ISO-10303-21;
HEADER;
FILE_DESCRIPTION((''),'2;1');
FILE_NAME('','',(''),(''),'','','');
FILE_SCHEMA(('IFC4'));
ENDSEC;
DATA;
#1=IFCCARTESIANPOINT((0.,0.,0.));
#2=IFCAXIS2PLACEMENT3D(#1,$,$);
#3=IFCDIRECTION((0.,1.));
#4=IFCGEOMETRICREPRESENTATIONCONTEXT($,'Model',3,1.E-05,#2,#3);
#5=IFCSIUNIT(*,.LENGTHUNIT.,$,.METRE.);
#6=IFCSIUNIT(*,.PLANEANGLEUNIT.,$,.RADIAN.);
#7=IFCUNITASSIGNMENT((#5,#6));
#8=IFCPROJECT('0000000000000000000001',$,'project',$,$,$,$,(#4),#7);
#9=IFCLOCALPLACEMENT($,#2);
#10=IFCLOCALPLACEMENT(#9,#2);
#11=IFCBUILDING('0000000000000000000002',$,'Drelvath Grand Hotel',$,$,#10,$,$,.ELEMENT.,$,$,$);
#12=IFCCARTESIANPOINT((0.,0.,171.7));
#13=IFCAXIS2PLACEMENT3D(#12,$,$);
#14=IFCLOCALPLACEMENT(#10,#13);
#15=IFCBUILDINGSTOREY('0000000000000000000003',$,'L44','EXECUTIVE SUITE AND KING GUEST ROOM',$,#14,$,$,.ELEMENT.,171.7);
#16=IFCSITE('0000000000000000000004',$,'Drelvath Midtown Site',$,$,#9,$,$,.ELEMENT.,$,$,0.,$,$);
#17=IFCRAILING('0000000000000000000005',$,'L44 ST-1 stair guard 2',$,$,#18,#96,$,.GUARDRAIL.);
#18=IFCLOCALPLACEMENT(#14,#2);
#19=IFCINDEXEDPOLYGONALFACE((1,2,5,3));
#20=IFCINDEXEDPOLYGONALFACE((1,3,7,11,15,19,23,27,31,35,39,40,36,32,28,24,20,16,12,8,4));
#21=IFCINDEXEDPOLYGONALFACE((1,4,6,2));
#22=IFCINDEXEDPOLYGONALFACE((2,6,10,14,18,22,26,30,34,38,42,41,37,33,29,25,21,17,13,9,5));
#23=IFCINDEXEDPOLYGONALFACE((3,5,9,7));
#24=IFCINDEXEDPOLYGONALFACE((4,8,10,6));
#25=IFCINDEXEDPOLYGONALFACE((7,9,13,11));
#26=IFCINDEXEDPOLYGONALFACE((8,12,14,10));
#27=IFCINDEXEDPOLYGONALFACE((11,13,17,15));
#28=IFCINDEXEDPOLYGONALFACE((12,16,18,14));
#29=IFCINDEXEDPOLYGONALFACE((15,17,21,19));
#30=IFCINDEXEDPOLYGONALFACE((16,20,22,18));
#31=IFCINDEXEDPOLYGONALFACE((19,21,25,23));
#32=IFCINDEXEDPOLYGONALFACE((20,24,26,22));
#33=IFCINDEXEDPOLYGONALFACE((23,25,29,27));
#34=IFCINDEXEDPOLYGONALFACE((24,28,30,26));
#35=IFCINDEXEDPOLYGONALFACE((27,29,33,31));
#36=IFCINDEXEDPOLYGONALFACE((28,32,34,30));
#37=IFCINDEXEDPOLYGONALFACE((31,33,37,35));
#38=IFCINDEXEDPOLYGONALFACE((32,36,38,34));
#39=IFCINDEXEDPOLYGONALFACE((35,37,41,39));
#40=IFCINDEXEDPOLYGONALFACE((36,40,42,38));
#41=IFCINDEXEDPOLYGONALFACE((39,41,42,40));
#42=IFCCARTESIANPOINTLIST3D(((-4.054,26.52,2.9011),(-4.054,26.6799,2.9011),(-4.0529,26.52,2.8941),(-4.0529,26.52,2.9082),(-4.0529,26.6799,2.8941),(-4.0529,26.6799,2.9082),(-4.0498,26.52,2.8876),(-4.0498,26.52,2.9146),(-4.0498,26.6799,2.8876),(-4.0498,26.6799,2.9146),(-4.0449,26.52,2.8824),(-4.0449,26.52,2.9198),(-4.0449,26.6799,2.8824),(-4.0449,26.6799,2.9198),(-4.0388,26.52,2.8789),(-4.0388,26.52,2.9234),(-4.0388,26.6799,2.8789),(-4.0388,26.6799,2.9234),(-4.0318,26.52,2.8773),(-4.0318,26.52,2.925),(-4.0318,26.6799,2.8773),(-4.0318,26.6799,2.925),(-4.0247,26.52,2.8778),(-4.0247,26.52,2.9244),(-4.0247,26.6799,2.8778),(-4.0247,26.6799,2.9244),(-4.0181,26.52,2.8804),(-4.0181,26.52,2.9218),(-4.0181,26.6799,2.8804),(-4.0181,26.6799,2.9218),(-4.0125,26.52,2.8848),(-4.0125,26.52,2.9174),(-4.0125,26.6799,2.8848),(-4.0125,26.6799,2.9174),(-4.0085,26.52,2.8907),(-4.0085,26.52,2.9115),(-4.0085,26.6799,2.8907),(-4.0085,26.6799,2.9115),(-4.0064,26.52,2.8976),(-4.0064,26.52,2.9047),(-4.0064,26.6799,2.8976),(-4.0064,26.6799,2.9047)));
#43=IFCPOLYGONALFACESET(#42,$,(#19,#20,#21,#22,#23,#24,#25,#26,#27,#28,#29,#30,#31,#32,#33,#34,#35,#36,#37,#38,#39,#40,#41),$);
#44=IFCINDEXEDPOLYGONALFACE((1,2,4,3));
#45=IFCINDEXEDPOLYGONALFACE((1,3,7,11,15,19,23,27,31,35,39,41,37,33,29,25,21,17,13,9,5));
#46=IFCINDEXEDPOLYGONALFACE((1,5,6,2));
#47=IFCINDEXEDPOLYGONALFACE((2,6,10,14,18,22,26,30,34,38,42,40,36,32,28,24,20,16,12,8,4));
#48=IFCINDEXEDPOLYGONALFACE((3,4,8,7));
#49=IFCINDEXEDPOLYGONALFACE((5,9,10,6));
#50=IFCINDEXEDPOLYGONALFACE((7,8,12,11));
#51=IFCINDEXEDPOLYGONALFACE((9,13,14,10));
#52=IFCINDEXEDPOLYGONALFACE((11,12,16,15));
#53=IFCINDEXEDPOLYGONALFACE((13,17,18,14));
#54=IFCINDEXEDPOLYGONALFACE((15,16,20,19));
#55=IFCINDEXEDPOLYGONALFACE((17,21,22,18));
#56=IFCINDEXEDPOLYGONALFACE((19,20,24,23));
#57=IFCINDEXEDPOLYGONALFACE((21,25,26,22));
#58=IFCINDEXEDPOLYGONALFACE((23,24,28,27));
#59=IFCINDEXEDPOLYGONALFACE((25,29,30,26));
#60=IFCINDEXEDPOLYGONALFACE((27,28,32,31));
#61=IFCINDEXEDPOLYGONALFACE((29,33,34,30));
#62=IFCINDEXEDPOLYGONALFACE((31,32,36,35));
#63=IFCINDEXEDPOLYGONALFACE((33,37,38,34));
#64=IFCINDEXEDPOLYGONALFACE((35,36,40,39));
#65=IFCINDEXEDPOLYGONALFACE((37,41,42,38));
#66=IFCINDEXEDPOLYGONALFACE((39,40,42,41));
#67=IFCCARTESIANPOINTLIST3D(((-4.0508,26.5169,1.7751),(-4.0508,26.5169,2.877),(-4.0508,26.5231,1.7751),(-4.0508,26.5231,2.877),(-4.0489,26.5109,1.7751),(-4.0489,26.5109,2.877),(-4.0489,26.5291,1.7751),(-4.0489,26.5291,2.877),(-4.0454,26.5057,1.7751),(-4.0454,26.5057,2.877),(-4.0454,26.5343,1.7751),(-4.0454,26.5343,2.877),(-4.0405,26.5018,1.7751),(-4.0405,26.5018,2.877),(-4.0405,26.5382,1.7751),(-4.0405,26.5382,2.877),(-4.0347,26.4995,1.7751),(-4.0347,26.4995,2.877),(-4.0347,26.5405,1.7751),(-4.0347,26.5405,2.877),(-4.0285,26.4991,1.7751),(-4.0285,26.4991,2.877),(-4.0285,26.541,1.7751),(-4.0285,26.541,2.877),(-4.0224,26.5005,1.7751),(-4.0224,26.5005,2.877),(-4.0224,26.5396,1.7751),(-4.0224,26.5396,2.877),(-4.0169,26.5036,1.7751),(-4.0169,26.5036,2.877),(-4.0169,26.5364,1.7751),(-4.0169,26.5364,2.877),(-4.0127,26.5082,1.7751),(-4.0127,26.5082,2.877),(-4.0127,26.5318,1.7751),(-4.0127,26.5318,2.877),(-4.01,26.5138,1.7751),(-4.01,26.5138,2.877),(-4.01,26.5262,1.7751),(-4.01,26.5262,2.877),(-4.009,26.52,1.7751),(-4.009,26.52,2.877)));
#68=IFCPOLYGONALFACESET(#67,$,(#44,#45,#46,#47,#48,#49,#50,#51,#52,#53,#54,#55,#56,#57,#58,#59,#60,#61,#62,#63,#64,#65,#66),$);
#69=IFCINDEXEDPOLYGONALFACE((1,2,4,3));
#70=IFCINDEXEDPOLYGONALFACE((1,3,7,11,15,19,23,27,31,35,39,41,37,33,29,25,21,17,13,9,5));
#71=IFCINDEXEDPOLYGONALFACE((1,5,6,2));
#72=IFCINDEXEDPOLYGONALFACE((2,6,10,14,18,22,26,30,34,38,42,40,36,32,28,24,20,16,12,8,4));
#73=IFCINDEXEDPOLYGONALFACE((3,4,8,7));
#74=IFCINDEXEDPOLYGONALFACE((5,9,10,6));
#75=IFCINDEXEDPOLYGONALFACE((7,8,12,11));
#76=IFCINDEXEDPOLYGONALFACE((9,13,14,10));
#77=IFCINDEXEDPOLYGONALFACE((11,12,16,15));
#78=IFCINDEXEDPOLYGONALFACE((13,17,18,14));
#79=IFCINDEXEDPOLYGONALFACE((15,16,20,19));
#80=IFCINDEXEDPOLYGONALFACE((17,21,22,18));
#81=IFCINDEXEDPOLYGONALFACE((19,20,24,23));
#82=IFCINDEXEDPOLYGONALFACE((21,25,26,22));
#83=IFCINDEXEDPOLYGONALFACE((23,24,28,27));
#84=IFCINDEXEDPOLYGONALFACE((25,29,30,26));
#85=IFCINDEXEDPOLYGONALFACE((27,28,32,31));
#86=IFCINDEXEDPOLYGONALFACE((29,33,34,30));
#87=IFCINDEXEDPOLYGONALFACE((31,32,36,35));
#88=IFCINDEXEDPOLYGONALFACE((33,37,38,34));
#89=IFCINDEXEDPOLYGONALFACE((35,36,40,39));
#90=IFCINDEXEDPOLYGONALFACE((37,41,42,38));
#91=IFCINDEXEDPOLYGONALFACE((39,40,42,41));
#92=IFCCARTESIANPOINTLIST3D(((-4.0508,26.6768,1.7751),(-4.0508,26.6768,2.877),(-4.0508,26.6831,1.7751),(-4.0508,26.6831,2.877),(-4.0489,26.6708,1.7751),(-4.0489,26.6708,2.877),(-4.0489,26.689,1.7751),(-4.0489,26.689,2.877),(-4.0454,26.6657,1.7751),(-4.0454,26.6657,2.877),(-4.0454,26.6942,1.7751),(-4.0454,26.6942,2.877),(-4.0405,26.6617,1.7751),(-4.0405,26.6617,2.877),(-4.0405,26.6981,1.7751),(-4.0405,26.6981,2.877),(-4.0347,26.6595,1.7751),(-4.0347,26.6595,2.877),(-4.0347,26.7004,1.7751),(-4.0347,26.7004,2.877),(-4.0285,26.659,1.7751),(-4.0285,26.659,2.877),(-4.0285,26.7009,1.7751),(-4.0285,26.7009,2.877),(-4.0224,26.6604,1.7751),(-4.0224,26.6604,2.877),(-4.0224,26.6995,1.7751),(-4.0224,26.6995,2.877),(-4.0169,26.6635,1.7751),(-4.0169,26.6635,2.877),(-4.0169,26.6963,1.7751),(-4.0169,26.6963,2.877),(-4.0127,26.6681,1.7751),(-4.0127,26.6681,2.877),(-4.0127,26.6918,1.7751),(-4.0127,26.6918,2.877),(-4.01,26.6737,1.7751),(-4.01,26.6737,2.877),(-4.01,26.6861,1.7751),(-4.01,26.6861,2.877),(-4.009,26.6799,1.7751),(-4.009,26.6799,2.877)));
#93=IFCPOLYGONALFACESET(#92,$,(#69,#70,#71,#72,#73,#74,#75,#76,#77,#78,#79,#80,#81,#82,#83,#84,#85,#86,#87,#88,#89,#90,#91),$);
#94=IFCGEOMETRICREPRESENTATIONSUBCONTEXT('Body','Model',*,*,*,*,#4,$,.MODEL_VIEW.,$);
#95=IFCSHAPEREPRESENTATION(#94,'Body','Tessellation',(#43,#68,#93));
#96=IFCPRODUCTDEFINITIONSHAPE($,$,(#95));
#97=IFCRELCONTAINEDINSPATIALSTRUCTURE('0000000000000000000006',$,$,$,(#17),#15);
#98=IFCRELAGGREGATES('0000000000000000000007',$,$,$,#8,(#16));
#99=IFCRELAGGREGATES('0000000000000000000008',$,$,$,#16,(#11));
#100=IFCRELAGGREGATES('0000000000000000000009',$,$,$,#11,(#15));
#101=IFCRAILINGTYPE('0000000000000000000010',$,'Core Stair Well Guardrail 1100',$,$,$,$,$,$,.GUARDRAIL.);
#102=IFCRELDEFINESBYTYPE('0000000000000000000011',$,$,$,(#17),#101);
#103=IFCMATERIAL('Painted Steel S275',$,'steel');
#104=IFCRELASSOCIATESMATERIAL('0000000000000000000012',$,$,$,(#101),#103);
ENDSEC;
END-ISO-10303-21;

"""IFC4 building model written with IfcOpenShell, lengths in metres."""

from ifc_helpers import new_model, si_unit, direction, frame, origin, origin_2d, place, context, subcontext, project, spatial, circle, extrude, material, type_object, element, save


model = new_model("IFC4")

# Units and contexts
model_context = context("Model", 3, precision=1e-05, world=origin(), true_north=direction((0.0, 1.0)))
body_context = subcontext(model_context, "Body", "Model", "MODEL_VIEW")
ifc_project = project(units=[si_unit("LENGTHUNIT", "METRE"), si_unit("PLANEANGLEUNIT", "RADIAN")], contexts=[model_context])

# Site, building, storey
site_placement = place(None, origin())
site = spatial("IfcSite", under=ifc_project, at=site_placement, Name="Drelvath Midtown Site", CompositionType="ELEMENT", RefElevation=0.0)
building_placement = place(site_placement, origin())
building = spatial("IfcBuilding", under=site, at=building_placement, Name="Drelvath Grand Hotel", CompositionType="ELEMENT")
storey_placement = place(building_placement, frame((0.0, 0.0, 171.7)))
storey = spatial("IfcBuildingStorey", under=building, at=storey_placement, Name="L44", Description="EXECUTIVE SUITE AND KING GUEST ROOM", CompositionType="ELEMENT", Elevation=171.7)

# Shared definitions
ifc_material_1 = material(Name="Painted Steel S275", Category="steel")

# Railing
railing_type_1 = type_object("IfcRailingType", Name="Core Stair Well Guardrail 1100", PredefinedType="GUARDRAIL", material=ifc_material_1)
railing_1_placement = place(storey_placement, frame((-4.03, 26.52, 1.7751)))
element("IfcRailing", 1, at=railing_1_placement, inside=storey, type_object=railing_type_1, Name="L44 ST-1 stair guard 2", PredefinedType="GUARDRAIL", context=body_context, shape_type="SweptSolid", body=[
    extrude(circle(Radius=0.0239, at=origin_2d()), frame((0.0, 0.0, 1.126), z_axis=(0.0, 1.0, 0.0), x_axis=(-1.0, 0.0, 0.0)), (0.0, 0.0, 1.0), 0.1599),
    extrude(circle(Radius=0.021, at=origin_2d()), origin(), (0.0, 0.0, 1.0), 1.1018),
    extrude(circle(Radius=0.021, at=origin_2d()), frame((0.0, 0.1599, 0.0)), (0.0, 0.0, 1.0), 1.1018),
])

save(model, "model.ifc")
